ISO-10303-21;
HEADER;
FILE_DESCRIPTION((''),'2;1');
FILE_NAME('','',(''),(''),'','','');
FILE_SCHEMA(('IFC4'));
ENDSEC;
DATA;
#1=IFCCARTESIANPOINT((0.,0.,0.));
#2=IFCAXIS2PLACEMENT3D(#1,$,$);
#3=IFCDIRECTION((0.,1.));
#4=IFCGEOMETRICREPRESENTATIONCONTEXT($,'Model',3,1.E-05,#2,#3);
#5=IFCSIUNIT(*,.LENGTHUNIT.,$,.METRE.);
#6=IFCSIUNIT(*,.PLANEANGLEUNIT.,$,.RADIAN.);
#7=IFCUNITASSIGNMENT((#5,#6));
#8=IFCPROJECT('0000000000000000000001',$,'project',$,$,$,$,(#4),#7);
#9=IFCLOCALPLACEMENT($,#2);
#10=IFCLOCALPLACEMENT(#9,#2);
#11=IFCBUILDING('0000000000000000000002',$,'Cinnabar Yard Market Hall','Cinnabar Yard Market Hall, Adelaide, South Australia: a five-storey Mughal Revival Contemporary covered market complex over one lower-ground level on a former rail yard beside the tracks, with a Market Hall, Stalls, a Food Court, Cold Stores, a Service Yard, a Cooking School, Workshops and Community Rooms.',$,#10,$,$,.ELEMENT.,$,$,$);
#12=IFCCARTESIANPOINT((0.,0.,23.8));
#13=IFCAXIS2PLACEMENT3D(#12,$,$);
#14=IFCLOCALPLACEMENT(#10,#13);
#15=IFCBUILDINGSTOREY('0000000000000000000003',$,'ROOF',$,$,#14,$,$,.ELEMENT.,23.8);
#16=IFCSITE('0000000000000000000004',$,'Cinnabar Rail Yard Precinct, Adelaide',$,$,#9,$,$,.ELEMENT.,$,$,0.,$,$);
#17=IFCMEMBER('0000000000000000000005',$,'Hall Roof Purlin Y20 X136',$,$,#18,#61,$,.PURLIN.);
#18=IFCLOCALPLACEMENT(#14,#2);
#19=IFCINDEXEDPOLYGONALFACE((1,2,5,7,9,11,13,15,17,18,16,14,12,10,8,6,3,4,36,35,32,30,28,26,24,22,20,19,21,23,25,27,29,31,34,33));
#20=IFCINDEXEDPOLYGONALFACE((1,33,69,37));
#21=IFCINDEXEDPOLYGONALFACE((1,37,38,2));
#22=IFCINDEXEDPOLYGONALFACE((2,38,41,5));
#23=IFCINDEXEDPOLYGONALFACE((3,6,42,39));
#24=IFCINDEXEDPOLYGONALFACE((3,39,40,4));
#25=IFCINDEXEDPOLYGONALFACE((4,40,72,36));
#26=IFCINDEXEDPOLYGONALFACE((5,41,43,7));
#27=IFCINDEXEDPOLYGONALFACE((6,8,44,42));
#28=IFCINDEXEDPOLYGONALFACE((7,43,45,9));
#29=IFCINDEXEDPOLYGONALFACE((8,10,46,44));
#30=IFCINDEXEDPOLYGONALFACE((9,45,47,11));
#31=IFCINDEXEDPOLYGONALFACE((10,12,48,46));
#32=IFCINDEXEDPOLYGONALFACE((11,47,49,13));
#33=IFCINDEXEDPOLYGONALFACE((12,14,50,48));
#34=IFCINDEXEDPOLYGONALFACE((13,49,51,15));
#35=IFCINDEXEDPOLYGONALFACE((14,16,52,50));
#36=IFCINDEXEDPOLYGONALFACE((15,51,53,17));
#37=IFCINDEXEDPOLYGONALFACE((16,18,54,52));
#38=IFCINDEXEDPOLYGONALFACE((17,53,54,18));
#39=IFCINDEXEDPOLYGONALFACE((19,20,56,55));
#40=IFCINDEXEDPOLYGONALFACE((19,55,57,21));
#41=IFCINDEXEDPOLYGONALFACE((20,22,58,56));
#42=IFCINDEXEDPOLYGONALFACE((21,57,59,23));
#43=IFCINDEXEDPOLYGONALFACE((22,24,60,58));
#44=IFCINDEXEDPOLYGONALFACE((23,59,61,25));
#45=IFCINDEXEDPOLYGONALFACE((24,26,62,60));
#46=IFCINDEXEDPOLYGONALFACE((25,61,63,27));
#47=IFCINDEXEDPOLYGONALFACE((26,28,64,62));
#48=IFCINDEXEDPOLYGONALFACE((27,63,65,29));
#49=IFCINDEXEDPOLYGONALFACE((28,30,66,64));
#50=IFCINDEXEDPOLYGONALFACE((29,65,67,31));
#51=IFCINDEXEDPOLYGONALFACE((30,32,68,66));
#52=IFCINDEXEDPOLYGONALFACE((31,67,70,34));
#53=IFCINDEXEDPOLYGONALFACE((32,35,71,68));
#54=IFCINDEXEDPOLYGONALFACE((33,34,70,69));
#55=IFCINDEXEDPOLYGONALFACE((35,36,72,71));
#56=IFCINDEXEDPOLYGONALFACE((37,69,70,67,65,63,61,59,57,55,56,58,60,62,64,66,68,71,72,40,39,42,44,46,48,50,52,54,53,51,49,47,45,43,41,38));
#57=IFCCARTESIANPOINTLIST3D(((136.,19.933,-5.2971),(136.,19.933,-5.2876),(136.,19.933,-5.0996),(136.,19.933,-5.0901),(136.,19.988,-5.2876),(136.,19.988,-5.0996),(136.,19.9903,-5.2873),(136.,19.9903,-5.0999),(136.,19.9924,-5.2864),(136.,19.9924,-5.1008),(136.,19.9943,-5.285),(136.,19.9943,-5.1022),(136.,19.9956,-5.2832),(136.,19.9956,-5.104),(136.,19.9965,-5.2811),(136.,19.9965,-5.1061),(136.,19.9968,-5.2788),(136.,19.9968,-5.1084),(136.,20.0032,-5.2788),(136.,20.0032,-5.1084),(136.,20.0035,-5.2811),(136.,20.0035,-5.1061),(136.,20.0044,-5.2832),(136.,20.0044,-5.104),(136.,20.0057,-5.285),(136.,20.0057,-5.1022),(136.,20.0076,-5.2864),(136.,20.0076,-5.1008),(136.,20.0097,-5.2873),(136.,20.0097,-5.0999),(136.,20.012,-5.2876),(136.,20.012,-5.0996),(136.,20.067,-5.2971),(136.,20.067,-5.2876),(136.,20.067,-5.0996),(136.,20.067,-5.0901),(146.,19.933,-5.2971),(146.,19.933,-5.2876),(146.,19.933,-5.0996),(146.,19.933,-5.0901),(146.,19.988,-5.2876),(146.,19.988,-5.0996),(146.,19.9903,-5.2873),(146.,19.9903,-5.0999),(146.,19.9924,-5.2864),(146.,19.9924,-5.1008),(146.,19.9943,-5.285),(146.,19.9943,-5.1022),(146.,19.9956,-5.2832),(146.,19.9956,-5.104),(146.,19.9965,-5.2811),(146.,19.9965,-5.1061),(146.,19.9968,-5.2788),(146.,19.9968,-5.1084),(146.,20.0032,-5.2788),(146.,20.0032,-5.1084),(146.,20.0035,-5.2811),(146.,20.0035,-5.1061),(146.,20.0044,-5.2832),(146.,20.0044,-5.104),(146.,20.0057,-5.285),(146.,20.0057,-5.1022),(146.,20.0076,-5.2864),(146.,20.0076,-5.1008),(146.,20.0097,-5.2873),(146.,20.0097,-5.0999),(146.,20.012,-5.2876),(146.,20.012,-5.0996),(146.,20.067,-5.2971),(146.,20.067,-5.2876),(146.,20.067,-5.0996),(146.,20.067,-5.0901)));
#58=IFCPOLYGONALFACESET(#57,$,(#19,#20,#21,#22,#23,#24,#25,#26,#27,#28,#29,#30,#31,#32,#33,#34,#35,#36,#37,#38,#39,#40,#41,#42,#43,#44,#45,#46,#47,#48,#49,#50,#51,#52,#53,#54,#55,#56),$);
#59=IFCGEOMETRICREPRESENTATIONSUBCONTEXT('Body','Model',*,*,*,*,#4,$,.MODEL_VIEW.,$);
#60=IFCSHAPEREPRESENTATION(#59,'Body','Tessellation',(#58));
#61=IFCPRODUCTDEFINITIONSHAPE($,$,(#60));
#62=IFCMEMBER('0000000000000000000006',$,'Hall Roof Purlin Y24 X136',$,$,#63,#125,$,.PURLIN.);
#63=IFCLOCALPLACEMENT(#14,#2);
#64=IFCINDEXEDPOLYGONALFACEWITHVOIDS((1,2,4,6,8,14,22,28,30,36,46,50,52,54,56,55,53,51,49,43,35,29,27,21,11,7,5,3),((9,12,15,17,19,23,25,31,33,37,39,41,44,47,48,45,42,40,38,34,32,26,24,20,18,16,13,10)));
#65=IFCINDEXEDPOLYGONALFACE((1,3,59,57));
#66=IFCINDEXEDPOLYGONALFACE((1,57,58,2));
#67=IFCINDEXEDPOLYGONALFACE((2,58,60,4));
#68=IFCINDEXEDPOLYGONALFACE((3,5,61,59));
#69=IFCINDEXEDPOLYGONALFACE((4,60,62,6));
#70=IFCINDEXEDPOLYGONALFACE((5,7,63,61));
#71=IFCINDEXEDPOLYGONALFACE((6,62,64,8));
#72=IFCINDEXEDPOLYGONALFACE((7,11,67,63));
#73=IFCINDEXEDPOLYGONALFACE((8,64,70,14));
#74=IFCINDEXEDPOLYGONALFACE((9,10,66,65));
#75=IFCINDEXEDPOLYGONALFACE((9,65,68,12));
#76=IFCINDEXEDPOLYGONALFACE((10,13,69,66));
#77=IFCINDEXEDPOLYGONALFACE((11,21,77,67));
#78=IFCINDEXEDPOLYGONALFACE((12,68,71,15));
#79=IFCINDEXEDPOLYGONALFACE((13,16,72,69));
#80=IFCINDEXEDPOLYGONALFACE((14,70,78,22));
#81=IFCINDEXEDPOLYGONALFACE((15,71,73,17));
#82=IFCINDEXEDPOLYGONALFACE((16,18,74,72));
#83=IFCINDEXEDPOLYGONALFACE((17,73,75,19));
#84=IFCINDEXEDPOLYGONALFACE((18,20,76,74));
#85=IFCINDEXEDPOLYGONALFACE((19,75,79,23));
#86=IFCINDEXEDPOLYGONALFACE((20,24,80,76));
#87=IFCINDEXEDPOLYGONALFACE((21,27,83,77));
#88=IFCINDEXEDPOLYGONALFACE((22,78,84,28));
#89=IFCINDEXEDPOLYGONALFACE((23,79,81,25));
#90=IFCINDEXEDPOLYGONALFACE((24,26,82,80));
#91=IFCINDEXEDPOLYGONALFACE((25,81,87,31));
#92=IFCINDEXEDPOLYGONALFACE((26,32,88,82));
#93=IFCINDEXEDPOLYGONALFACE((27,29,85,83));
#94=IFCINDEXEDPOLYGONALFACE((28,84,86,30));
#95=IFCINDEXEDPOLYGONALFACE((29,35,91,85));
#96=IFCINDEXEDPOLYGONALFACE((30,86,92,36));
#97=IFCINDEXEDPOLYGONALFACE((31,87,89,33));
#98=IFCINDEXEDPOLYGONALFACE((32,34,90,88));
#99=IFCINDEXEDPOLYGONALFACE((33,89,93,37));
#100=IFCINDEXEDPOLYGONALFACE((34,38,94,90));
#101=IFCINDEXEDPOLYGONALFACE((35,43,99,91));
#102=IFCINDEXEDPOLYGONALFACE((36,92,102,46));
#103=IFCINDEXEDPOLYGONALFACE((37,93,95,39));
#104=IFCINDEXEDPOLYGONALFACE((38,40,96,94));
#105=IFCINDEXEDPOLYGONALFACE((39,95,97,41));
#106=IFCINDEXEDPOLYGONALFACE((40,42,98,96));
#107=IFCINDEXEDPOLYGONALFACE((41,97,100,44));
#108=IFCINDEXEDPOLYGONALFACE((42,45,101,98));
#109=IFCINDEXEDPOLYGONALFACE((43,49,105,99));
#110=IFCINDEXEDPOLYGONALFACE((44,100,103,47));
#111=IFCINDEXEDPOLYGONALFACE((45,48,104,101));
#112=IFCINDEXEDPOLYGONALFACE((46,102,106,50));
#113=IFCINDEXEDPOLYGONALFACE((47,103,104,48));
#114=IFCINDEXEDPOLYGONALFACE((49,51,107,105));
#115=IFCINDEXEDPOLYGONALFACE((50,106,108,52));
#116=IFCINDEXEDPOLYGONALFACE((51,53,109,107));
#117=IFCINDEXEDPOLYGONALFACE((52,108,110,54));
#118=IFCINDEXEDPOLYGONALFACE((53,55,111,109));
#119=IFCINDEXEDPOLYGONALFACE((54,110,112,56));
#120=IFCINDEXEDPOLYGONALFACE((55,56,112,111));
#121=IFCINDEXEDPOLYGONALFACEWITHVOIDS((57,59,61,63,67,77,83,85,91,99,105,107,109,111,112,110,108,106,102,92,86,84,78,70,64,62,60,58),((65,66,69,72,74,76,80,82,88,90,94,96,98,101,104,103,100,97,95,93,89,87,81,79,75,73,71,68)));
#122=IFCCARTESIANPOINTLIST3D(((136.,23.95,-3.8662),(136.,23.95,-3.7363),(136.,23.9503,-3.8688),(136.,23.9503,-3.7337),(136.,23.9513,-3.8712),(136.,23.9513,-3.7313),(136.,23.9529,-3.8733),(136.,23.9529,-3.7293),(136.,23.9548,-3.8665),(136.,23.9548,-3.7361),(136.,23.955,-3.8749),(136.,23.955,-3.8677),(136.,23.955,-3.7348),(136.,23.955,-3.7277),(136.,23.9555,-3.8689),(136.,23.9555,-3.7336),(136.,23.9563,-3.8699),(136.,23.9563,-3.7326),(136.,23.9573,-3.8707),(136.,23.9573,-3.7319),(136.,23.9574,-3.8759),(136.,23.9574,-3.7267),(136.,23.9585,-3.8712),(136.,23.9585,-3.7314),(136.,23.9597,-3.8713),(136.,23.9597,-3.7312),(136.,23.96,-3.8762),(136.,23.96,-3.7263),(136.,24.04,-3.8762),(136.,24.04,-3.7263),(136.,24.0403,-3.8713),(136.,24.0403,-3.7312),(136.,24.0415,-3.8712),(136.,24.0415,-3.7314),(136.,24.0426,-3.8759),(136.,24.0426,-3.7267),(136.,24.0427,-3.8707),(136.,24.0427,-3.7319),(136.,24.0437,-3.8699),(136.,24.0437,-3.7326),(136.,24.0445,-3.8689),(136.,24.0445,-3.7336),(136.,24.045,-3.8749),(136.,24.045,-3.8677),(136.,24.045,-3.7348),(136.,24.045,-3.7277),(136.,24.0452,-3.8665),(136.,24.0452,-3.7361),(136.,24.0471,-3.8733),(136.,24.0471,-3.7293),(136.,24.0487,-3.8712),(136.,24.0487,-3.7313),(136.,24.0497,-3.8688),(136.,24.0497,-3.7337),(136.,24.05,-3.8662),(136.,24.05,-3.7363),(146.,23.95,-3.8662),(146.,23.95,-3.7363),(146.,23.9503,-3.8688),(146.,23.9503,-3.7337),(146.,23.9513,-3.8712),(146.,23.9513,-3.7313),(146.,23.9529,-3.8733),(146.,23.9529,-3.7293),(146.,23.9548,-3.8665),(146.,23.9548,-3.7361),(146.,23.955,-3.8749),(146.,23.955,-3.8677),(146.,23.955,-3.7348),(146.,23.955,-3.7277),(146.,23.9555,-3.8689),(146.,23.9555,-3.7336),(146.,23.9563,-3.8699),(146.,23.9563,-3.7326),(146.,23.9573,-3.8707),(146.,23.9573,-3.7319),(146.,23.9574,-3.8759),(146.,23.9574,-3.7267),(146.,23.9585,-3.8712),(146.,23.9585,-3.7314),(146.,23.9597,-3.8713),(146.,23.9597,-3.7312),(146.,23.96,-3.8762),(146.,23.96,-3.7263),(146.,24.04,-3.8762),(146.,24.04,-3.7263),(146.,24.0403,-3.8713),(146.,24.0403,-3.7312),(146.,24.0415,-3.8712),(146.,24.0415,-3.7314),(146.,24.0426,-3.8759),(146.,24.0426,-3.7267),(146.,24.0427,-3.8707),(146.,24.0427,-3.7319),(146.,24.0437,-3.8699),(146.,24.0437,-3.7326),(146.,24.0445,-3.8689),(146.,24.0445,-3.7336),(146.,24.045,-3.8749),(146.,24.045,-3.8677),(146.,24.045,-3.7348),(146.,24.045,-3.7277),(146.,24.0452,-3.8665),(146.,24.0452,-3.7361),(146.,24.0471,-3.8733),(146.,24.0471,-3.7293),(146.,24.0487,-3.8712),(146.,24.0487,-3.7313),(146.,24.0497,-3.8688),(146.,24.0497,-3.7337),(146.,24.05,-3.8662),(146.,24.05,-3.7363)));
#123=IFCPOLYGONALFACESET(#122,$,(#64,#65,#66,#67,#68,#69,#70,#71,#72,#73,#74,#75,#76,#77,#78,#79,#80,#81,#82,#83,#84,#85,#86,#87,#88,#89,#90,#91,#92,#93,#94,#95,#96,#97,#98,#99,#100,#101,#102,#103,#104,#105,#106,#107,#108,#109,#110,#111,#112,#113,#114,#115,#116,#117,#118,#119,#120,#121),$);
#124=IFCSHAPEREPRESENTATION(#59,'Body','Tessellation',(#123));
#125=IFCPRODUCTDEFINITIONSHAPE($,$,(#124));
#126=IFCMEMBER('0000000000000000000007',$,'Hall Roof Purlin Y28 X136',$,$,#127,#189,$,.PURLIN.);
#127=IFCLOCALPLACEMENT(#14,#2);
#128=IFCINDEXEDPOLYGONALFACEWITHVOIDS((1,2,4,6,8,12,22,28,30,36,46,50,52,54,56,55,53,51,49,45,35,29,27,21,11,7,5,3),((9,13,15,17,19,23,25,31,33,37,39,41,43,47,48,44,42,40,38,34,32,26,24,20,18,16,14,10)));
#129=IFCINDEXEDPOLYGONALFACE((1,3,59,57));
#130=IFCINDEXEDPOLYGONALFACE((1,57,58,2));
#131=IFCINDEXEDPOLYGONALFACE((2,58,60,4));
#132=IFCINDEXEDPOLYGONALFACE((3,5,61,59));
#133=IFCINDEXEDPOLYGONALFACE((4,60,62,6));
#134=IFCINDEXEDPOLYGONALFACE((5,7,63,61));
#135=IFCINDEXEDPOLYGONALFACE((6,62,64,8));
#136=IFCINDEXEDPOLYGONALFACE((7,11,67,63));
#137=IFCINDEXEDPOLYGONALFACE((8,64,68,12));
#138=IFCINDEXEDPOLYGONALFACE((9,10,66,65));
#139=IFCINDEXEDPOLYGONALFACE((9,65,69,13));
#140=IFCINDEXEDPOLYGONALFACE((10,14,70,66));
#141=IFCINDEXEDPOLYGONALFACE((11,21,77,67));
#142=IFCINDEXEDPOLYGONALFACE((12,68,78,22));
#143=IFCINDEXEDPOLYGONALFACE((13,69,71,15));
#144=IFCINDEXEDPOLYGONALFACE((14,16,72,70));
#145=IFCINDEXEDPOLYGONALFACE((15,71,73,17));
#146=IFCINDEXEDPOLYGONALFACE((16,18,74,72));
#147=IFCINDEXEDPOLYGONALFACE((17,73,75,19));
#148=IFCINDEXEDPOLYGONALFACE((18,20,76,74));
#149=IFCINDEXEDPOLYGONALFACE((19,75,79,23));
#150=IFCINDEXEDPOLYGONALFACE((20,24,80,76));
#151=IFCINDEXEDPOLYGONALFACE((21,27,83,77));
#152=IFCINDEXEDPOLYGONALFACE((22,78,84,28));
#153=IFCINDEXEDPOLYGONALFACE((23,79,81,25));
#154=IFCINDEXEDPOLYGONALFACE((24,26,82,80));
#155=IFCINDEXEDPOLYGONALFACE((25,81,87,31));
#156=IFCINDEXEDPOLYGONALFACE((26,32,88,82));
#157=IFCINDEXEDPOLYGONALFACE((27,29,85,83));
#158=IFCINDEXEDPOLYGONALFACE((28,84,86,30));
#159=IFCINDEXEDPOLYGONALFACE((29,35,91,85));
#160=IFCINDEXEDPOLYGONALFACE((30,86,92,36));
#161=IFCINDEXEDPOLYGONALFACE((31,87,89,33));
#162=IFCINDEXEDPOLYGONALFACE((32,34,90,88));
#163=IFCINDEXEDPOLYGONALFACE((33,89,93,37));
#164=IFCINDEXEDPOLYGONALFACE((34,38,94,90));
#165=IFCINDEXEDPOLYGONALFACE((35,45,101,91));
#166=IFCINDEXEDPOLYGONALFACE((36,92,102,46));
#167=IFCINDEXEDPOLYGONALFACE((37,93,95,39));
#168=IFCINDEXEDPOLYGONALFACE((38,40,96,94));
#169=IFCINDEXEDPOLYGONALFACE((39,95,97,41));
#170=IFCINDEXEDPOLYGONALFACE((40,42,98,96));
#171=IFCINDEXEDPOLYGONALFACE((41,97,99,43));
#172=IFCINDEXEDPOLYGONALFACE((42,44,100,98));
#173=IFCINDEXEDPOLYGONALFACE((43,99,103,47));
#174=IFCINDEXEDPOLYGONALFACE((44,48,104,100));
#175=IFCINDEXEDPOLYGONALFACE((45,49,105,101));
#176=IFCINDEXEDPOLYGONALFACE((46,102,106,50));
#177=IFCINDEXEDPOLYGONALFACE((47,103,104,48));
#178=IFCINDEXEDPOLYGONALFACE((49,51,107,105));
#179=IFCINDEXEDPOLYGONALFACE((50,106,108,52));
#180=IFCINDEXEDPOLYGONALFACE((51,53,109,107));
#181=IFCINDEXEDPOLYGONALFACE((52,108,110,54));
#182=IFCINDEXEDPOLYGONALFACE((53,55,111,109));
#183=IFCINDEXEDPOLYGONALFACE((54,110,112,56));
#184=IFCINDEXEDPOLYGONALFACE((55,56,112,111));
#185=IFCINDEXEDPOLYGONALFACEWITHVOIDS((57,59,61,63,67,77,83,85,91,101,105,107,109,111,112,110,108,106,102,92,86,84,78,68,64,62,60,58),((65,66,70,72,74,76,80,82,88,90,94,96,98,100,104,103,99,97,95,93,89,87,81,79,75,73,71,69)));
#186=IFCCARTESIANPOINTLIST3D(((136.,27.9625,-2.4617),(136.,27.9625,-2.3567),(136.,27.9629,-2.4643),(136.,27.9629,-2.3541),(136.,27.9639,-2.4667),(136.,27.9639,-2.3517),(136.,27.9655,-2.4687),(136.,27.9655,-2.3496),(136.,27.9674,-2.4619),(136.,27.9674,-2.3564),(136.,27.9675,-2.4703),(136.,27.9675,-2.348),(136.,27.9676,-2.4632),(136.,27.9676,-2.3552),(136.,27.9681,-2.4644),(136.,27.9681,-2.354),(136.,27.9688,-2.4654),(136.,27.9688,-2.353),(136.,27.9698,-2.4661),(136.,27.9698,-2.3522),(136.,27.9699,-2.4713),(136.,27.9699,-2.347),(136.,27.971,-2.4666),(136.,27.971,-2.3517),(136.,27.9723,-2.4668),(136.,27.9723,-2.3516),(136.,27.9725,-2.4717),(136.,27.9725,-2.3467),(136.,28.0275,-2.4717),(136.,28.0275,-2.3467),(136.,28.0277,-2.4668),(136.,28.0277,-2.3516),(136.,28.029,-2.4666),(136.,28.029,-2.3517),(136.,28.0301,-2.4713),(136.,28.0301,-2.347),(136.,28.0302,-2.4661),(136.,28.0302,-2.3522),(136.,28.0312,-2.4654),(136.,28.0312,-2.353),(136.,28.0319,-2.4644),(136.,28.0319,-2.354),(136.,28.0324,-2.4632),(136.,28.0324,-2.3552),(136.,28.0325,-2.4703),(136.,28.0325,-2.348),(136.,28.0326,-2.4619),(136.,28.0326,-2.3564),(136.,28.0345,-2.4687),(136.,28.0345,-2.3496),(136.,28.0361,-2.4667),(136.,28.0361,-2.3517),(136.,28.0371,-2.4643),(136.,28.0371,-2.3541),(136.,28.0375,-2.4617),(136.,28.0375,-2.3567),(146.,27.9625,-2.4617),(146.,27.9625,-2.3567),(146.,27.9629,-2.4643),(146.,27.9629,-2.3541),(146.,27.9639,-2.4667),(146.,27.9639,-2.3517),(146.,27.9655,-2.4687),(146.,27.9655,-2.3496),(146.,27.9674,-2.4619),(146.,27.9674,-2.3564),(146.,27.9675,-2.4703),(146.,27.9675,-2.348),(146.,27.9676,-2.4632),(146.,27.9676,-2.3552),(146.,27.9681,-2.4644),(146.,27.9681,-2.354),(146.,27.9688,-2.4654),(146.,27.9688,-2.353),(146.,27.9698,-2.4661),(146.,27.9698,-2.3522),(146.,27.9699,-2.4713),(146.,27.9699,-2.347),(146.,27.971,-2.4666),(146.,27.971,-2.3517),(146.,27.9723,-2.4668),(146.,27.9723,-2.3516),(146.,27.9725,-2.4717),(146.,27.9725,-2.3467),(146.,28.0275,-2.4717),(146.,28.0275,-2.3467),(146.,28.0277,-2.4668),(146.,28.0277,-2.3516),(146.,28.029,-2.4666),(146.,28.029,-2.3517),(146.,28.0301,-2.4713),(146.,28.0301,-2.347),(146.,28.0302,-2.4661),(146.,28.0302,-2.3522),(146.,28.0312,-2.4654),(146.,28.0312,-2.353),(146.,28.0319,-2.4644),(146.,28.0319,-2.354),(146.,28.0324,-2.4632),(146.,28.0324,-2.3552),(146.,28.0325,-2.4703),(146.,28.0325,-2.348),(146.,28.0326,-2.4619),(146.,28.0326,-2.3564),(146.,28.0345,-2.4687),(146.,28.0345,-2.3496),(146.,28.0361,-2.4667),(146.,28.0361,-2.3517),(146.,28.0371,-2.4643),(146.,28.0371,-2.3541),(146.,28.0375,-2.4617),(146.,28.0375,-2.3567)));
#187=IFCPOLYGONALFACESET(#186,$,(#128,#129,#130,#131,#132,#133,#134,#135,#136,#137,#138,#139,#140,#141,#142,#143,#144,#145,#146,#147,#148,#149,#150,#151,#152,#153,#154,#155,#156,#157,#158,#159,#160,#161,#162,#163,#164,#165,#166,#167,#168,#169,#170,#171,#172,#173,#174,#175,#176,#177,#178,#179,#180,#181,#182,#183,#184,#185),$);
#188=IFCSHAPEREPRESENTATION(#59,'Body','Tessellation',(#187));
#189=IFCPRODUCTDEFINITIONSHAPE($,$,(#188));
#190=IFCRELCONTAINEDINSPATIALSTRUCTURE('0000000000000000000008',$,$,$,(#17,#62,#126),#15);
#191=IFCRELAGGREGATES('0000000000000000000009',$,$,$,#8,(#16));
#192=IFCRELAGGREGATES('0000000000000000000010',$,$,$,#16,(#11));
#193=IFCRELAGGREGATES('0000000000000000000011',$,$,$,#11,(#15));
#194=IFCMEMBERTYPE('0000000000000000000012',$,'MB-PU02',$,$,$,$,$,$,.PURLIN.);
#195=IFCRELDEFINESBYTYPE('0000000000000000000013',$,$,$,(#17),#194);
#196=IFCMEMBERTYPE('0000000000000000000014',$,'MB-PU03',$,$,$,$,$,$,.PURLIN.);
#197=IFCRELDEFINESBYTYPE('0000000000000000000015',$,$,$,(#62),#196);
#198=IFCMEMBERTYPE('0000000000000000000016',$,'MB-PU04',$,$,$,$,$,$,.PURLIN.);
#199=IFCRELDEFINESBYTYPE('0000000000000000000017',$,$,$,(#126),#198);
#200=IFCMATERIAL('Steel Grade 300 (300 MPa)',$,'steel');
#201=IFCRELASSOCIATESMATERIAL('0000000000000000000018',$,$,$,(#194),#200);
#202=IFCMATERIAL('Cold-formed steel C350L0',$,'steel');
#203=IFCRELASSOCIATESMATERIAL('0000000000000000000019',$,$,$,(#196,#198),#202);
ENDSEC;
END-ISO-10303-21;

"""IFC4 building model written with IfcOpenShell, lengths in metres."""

from ifc_helpers import new_model, si_unit, direction, frame, origin, origin_2d_with_axis, place, context, subcontext, project, spatial, hollow_rectangle, i_section, extrude, material, material_profile, profile_set, type_object, element, save


model = new_model("IFC4")

# Units and contexts
model_context = context("Model", 3, precision=1e-05, world=origin(), true_north=direction((0.0, 1.0)))
body_context = subcontext(model_context, "Body", "Model", "MODEL_VIEW")
ifc_project = project(units=[si_unit("LENGTHUNIT", "METRE"), si_unit("PLANEANGLEUNIT", "RADIAN")], contexts=[model_context])

# Site, building, storey
site_placement = place(None, origin())
site = spatial("IfcSite", under=ifc_project, at=site_placement, Name="Cinnabar Rail Yard Precinct, Adelaide", CompositionType="ELEMENT", RefElevation=0.0)
building_placement = place(site_placement, origin())
building = spatial("IfcBuilding", under=site, at=building_placement, Name="Cinnabar Yard Market Hall", Description="Cinnabar Yard Market Hall, Adelaide, South Australia: a five-storey Mughal Revival Contemporary covered market complex over one lower-ground level on a former rail yard beside the tracks, with a Market Hall, Stalls, a Food Court, Cold Stores, a Service Yard, a Cooking School, Workshops and Community Rooms.", CompositionType="ELEMENT")
storey_placement = place(building_placement, frame((0.0, 0.0, 23.8)))
storey = spatial("IfcBuildingStorey", under=building, at=storey_placement, Name="ROOF", CompositionType="ELEMENT", Elevation=23.8)

# Shared definitions
ifc_material_1 = material(Name="Steel Grade 300 (300 MPa)", Category="steel")
ifc_material_2 = material(Name="Cold-formed steel C350L0", Category="steel")

# Members
ifc_material_profile_1 = material_profile(ifc_material_1, i_section(OverallWidth=0.134, OverallDepth=0.207, WebThickness=0.0063, FlangeThickness=0.0095, FilletRadius=0.0088, at=origin_2d_with_axis()), Name="200UB29.8")
ifc_profile_set_1 = profile_set([ifc_material_profile_1], Name="Steel Grade 300 (300 MPa)")
member_type_1 = type_object("IfcMemberType", Name="MB-PU02", PredefinedType="PURLIN", material=ifc_profile_set_1)
member_1_placement = place(storey_placement, frame((136.0, 20.0, -5.1936), z_axis=(1.0, 0.0, 0.0), x_axis=(0.0, 1.0, 0.0)))
element("IfcMember", 1, at=member_1_placement, inside=storey, type_object=member_type_1, Name="Hall Roof Purlin Y20 X136", PredefinedType="PURLIN", context=body_context, shape_type="SweptSolid", body=[
    extrude(i_section(OverallWidth=0.134, OverallDepth=0.207, WebThickness=0.0063, FlangeThickness=0.0095, FilletRadius=0.0088, at=origin_2d_with_axis()), origin(), (0.0, 0.0, 1.0), 10.0),
])
ifc_material_profile_2 = material_profile(ifc_material_2, hollow_rectangle(XDim=0.1001, YDim=0.1499, WallThickness=0.0049, InnerFilletRadius=0.0049, OuterFilletRadius=0.01, at=origin_2d_with_axis()), Name="150x100x5.0RHS")
ifc_profile_set_2 = profile_set([ifc_material_profile_2], Name="Cold-formed steel C350L0")
member_type_2 = type_object("IfcMemberType", Name="MB-PU03", PredefinedType="PURLIN", material=ifc_profile_set_2)
member_2_placement = place(storey_placement, frame((136.0, 24.0, -3.8013), z_axis=(1.0, 0.0, 0.0), x_axis=(0.0, 1.0, 0.0)))
element("IfcMember", 2, at=member_2_placement, inside=storey, type_object=member_type_2, Name="Hall Roof Purlin Y24 X136", PredefinedType="PURLIN", context=body_context, shape_type="SweptSolid", body=[
    extrude(hollow_rectangle(XDim=0.1001, YDim=0.1499, WallThickness=0.0049, InnerFilletRadius=0.0049, OuterFilletRadius=0.01, at=origin_2d_with_axis()), origin(), (0.0, 0.0, 1.0), 10.0),
])
ifc_material_profile_3 = material_profile(ifc_material_2, hollow_rectangle(XDim=0.075, YDim=0.125, WallThickness=0.0049, InnerFilletRadius=0.0049, OuterFilletRadius=0.01, at=origin_2d_with_axis()), Name="125x75x5.0RHS")
ifc_profile_set_3 = profile_set([ifc_material_profile_3], Name="Cold-formed steel C350L0")
member_type_3 = type_object("IfcMemberType", Name="MB-PU04", PredefinedType="PURLIN", material=ifc_profile_set_3)
member_3_placement = place(storey_placement, frame((136.0, 28.0, -2.4092), z_axis=(1.0, 0.0, 0.0), x_axis=(0.0, 1.0, 0.0)))
element("IfcMember", 3, at=member_3_placement, inside=storey, type_object=member_type_3, Name="Hall Roof Purlin Y28 X136", PredefinedType="PURLIN", context=body_context, shape_type="SweptSolid", body=[
    extrude(hollow_rectangle(XDim=0.075, YDim=0.125, WallThickness=0.0049, InnerFilletRadius=0.0049, OuterFilletRadius=0.01, at=origin_2d_with_axis()), origin(), (0.0, 0.0, 1.0), 10.0),
])

save(model, "model.ifc")
